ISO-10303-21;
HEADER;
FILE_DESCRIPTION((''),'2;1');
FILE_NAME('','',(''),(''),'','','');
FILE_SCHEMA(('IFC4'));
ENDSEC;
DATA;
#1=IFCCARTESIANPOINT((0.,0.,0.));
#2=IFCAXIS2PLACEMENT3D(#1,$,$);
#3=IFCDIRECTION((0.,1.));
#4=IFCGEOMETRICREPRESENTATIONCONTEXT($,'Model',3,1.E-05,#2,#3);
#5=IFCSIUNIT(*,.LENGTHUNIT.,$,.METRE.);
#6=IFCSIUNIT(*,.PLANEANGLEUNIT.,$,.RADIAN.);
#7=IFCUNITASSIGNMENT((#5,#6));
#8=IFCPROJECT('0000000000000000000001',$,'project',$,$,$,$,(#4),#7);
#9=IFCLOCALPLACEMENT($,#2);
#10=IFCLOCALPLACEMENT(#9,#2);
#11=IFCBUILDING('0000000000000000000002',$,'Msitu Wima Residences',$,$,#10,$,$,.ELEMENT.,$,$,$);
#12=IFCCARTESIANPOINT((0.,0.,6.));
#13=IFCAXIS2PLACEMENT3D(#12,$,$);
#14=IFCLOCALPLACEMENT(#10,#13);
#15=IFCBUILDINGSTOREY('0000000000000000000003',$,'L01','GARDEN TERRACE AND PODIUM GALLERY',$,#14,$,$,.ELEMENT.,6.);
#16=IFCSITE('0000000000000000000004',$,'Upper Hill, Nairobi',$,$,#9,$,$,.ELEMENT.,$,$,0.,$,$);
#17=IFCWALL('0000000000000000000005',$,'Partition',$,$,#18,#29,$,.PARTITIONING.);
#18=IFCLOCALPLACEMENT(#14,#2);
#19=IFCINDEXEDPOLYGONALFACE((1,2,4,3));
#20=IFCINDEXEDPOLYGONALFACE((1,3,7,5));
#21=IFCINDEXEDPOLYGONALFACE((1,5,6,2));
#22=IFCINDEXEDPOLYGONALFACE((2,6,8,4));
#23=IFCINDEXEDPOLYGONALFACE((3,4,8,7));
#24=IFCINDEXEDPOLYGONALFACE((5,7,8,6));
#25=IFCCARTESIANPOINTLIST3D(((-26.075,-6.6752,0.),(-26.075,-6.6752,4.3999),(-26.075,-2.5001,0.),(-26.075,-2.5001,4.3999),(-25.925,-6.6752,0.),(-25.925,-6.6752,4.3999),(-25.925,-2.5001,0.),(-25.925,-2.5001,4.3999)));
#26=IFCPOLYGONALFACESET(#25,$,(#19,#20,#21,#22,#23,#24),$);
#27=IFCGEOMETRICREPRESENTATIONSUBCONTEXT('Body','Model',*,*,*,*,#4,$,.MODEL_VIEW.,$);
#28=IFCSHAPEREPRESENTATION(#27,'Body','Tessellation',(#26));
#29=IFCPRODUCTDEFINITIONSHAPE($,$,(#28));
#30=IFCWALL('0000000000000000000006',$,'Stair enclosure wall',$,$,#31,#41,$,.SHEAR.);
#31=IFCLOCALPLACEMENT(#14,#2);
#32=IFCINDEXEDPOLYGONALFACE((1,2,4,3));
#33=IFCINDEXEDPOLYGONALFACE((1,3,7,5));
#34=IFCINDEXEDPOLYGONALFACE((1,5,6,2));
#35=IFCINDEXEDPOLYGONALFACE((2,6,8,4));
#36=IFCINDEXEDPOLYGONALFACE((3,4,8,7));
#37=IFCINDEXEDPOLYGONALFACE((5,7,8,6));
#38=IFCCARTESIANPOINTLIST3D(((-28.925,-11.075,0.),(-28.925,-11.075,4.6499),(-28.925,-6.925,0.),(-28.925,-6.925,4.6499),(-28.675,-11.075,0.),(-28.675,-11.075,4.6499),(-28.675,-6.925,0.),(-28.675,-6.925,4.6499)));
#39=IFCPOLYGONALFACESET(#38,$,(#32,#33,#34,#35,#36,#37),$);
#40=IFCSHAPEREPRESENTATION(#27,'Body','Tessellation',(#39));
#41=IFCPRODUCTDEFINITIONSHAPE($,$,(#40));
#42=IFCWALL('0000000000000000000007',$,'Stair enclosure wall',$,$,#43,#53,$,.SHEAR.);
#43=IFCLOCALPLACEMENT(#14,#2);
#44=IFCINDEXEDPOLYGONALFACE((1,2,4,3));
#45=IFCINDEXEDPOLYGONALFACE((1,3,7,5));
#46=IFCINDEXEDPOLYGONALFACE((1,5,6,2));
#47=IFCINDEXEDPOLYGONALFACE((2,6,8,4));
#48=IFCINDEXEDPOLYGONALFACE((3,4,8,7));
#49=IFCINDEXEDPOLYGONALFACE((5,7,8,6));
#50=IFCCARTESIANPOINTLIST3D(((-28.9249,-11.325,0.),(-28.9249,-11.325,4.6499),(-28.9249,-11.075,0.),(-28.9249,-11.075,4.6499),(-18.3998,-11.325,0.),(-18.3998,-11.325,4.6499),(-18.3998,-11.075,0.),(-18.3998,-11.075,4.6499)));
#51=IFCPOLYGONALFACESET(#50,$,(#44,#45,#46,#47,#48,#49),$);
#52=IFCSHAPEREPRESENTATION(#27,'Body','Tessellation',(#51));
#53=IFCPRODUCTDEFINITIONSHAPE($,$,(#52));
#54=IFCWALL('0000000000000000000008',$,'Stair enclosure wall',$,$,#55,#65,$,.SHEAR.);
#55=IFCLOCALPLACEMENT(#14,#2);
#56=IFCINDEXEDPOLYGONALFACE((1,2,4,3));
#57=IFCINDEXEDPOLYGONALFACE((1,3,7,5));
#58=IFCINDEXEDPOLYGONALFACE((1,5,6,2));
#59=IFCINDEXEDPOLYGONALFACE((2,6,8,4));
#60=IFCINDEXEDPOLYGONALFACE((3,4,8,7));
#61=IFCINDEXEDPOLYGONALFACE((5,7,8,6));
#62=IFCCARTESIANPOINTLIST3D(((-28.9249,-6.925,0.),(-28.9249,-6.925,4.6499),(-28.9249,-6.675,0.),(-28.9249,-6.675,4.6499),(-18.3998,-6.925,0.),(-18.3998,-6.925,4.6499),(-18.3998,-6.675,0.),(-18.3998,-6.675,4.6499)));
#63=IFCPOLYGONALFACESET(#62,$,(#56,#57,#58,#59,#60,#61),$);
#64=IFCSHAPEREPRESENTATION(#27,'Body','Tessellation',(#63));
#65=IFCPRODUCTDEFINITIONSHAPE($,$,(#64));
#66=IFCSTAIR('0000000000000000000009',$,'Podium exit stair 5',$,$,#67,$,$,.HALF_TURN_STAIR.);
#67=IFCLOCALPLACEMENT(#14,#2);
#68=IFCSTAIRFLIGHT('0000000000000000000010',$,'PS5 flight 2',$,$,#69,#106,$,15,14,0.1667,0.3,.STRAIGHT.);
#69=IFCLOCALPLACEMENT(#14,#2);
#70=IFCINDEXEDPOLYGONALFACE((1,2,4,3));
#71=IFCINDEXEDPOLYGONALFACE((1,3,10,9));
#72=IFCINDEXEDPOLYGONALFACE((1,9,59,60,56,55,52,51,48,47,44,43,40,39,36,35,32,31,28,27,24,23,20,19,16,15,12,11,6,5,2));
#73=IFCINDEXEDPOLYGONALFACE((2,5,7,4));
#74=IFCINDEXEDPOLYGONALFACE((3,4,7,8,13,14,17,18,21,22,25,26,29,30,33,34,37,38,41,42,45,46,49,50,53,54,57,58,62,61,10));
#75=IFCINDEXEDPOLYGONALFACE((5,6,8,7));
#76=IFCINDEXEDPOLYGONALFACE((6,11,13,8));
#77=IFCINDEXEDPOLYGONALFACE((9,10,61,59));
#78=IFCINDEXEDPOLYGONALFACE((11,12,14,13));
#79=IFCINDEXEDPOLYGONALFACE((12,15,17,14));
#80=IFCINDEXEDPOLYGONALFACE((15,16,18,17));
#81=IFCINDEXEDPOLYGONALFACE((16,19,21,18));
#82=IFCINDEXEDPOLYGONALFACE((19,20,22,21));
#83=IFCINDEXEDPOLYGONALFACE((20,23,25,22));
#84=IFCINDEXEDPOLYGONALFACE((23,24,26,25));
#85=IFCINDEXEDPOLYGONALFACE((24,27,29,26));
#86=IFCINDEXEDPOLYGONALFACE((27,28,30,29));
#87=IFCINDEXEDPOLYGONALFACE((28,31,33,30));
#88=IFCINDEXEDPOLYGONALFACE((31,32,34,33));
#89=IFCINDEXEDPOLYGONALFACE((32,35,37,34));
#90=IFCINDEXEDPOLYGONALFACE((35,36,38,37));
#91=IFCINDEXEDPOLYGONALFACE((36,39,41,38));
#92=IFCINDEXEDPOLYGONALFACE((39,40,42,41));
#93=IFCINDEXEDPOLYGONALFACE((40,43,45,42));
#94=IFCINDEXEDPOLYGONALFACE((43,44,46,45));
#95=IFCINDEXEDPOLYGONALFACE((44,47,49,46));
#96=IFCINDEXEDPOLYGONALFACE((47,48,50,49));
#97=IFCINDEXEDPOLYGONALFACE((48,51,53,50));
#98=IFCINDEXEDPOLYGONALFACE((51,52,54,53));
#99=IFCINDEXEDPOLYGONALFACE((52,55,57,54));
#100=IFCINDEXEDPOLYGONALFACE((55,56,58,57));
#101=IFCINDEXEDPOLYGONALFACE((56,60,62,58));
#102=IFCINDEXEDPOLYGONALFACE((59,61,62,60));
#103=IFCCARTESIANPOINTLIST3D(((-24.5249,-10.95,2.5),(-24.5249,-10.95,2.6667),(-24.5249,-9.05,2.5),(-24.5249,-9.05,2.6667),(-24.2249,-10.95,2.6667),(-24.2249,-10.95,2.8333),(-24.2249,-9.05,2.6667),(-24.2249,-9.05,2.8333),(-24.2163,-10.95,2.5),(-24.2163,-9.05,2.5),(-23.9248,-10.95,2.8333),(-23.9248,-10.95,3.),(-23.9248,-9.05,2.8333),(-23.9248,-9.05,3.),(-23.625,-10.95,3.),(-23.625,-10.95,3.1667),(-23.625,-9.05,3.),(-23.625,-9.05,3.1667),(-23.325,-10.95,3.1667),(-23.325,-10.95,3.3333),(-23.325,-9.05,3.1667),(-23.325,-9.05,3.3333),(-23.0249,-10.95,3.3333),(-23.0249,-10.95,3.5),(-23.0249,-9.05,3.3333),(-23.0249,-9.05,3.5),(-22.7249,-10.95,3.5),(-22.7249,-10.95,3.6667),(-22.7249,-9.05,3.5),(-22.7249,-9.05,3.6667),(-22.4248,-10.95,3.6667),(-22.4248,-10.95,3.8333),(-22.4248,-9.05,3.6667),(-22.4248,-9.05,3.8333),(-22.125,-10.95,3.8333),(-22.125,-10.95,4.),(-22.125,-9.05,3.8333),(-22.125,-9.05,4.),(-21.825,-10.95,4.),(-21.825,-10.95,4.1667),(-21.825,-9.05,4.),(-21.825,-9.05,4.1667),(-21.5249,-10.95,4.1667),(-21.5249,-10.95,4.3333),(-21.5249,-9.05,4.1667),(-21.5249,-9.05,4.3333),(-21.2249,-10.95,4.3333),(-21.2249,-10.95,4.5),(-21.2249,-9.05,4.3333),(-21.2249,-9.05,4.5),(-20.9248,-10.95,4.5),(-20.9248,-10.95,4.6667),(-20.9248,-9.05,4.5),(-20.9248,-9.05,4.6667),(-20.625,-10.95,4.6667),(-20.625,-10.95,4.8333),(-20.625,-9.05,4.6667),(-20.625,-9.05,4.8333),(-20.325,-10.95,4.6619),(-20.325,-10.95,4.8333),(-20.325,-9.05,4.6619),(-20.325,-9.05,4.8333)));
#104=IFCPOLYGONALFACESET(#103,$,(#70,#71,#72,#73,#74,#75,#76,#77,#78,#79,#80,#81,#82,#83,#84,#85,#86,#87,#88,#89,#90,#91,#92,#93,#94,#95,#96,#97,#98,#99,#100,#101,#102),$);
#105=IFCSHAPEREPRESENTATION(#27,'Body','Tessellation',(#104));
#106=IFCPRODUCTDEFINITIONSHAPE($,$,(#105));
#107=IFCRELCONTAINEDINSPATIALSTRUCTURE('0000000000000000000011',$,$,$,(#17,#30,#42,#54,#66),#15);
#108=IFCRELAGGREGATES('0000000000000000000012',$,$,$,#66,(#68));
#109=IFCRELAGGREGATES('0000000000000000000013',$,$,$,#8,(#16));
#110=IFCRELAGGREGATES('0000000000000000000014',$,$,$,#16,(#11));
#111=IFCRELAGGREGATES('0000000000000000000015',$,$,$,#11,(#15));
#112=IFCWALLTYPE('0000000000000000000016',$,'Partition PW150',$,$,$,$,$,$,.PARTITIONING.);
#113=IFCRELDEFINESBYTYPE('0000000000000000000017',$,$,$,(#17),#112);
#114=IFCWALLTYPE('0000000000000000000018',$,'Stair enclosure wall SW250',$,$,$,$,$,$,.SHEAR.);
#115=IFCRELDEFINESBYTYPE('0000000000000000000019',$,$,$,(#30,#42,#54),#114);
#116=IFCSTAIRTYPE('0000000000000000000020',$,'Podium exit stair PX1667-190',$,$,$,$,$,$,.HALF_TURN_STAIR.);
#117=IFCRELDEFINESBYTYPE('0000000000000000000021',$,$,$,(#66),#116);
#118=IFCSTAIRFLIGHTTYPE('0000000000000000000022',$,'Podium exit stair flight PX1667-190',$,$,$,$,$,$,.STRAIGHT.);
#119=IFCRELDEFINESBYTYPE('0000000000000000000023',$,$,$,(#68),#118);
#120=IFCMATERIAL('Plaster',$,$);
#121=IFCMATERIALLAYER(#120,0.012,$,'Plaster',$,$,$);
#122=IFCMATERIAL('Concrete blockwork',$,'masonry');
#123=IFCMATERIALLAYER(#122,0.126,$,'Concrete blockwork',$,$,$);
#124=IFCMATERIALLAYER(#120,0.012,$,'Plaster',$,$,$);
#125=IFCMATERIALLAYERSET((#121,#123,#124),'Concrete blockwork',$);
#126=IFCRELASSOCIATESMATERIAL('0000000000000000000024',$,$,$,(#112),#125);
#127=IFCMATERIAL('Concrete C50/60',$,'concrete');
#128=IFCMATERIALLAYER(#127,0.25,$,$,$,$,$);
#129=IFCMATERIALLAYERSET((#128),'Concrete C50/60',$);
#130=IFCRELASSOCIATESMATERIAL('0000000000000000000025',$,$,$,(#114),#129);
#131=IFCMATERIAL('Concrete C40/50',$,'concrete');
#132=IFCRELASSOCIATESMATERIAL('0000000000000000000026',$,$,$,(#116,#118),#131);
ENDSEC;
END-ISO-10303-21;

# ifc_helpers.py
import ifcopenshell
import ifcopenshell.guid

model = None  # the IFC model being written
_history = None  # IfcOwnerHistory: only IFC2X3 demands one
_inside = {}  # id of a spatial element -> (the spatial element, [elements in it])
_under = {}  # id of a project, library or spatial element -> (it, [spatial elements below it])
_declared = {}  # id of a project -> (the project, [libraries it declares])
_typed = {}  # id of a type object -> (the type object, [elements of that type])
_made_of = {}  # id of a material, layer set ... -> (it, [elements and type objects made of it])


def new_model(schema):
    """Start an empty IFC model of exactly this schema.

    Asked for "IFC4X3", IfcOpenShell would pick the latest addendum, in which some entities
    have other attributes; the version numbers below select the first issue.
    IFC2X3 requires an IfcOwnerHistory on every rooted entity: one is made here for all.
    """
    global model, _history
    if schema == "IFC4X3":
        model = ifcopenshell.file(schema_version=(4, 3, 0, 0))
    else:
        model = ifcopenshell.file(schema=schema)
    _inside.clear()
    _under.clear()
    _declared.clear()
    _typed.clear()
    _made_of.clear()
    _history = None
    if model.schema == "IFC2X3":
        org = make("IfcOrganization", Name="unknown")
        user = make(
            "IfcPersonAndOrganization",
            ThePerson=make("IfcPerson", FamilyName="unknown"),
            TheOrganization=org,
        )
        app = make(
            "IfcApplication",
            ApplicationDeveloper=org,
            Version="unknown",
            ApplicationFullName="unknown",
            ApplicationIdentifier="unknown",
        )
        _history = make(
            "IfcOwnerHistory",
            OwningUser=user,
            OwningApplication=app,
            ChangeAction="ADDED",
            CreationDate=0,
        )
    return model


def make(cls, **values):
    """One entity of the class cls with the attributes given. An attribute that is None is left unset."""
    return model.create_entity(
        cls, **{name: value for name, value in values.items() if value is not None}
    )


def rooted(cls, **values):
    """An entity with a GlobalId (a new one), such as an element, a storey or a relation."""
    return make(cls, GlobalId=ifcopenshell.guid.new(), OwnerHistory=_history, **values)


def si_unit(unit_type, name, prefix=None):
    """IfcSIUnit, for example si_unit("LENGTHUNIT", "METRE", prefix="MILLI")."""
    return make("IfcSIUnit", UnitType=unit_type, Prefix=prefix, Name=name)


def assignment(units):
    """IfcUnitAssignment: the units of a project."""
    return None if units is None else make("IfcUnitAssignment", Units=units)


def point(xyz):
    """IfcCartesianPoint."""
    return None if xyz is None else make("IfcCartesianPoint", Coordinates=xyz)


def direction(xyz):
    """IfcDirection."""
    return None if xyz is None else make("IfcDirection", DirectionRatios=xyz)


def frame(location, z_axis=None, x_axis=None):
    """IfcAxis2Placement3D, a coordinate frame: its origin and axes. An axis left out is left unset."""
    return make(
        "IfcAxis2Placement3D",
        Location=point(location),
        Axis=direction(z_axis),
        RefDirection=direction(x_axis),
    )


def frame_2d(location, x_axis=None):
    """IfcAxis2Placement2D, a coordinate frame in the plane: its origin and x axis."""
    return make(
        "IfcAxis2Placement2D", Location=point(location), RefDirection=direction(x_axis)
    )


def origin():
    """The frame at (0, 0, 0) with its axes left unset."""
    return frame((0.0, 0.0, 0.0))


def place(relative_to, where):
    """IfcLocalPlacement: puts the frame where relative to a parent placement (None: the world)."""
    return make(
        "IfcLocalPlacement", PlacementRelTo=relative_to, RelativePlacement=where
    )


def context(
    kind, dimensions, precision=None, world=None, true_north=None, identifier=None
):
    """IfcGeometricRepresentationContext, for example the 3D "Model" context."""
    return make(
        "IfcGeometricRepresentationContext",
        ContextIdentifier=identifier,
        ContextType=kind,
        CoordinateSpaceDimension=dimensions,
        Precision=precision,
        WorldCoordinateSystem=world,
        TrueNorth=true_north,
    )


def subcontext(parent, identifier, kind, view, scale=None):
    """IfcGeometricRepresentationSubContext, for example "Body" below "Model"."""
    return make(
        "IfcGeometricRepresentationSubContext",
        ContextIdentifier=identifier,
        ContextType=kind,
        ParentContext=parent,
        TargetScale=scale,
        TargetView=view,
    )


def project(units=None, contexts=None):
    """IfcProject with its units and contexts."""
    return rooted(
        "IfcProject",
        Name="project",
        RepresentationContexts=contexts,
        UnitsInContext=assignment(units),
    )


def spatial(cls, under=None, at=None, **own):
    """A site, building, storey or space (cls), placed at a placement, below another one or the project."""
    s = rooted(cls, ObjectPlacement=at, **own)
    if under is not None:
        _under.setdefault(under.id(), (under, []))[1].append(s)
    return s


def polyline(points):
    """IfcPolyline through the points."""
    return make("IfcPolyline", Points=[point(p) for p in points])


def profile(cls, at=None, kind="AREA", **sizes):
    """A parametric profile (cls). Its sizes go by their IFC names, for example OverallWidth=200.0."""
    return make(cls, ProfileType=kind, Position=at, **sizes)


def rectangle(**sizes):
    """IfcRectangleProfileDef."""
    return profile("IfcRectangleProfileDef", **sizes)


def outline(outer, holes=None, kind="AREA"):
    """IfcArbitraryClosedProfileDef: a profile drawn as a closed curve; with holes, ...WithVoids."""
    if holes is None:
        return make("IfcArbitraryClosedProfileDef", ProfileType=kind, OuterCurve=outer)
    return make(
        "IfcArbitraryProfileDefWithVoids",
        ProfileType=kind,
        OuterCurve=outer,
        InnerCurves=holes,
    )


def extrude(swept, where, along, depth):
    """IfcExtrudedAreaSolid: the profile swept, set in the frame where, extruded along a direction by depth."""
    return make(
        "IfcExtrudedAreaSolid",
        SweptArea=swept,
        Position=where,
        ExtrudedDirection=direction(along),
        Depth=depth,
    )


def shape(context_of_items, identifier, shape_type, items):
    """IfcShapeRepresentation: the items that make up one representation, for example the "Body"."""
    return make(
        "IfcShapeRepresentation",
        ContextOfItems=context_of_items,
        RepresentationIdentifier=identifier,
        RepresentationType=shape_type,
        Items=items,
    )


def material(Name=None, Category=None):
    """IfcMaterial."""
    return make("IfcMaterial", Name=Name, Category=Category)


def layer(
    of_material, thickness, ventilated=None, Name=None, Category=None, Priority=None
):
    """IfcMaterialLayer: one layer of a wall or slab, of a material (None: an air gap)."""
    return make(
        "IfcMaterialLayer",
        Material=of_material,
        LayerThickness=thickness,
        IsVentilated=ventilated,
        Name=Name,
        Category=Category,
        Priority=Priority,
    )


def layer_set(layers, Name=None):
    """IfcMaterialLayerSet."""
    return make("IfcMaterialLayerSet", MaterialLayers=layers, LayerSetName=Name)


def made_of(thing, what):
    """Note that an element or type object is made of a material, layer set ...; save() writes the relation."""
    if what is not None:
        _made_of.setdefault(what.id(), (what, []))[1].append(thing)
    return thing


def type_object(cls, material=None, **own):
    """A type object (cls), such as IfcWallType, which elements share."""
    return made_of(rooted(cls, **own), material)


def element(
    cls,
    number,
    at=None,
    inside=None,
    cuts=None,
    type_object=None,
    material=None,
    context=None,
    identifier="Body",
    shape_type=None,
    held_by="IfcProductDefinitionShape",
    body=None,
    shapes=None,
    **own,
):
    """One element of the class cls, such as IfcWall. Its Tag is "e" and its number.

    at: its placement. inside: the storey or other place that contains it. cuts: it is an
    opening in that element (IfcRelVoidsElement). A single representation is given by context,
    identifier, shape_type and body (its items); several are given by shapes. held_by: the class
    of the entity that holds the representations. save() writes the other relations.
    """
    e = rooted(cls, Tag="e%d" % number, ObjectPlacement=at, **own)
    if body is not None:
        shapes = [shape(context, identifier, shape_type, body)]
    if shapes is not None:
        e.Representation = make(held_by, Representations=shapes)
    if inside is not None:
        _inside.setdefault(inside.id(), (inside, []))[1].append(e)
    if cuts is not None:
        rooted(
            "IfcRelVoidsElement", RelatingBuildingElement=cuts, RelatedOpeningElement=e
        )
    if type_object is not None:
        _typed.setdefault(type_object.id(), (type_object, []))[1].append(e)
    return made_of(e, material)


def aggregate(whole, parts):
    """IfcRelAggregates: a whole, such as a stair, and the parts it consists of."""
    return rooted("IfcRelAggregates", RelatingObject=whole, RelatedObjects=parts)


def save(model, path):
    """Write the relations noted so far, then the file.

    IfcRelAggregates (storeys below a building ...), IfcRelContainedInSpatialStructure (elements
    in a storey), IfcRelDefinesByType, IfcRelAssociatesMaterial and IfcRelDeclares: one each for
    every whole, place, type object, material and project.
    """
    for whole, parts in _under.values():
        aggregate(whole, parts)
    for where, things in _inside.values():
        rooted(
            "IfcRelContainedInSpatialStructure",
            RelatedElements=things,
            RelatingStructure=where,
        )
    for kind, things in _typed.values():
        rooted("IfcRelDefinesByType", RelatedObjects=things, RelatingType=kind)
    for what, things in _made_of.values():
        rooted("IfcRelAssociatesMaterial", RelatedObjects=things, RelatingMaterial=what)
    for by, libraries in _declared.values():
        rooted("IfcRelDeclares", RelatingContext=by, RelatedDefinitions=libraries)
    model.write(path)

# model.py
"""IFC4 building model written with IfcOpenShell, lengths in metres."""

from ifc_helpers import new_model, si_unit, direction, frame, frame_2d, origin, place, context, subcontext, project, spatial, polyline, rectangle, outline, extrude, material, layer, layer_set, type_object, element, aggregate, save


model = new_model("IFC4")

# Units and contexts
model_context = context("Model", 3, precision=1e-05, world=origin(), true_north=direction((0.0, 1.0)))
body_context = subcontext(model_context, "Body", "Model", "MODEL_VIEW")
ifc_project = project(units=[si_unit("LENGTHUNIT", "METRE"), si_unit("PLANEANGLEUNIT", "RADIAN")], contexts=[model_context])

# Site, building, storey
site_placement = place(None, origin())
site = spatial("IfcSite", under=ifc_project, at=site_placement, Name="Upper Hill, Nairobi", CompositionType="ELEMENT", RefElevation=0.0)
building_placement = place(site_placement, origin())
building = spatial("IfcBuilding", under=site, at=building_placement, Name="Msitu Wima Residences", CompositionType="ELEMENT")
storey_placement = place(building_placement, frame((0.0, 0.0, 6.0)))
storey = spatial("IfcBuildingStorey", under=building, at=storey_placement, Name="L01", Description="GARDEN TERRACE AND PODIUM GALLERY", CompositionType="ELEMENT", Elevation=6.0)

# Shared definitions
ifc_material_1 = material(Name="Concrete C40/50", Category="concrete")

# Shared definitions
ifc_material_2 = material(Name="Plaster")
ifc_material_3 = material(Name="Concrete blockwork", Category="masonry")

# Walls
ifc_layer_1 = layer(ifc_material_2, 0.012, Name="Plaster")
ifc_layer_2 = layer(ifc_material_3, 0.126, Name="Concrete blockwork")
ifc_layer_3 = layer(ifc_material_2, 0.012, Name="Plaster")
ifc_layer_set_1 = layer_set([ifc_layer_1, ifc_layer_2, ifc_layer_3], Name="Concrete blockwork")
wall_type_1 = type_object("IfcWallType", Name="Partition PW150", PredefinedType="PARTITIONING", material=ifc_layer_set_1)
wall_1_placement = place(storey_placement, frame((-26.0, -6.675, 0.0), z_axis=(0.0, 0.0, 1.0), x_axis=(0.0, 1.0, 0.0)))
element("IfcWall", 1, at=wall_1_placement, inside=storey, type_object=wall_type_1, Name="Partition", PredefinedType="PARTITIONING", context=body_context, shape_type="SweptSolid", body=[
    extrude(rectangle(XDim=4.175, YDim=0.1499, at=frame_2d((2.0874, 0.0))), origin(), (0.0, 0.0, 1.0), 4.3999),
])
ifc_material_4 = material(Name="Concrete C50/60", Category="concrete")
ifc_layer_4 = layer(ifc_material_4, 0.25)
ifc_layer_set_2 = layer_set([ifc_layer_4], Name="Concrete C50/60")
wall_type_2 = type_object("IfcWallType", Name="Stair enclosure wall SW250", PredefinedType="SHEAR", material=ifc_layer_set_2)
wall_2_placement = place(storey_placement, frame((-28.8, -11.075, 0.0), z_axis=(0.0, 0.0, 1.0), x_axis=(0.0, 1.0, 0.0)))
element("IfcWall", 2, at=wall_2_placement, inside=storey, type_object=wall_type_2, Name="Stair enclosure wall", PredefinedType="SHEAR", context=body_context, shape_type="SweptSolid", body=[
    extrude(rectangle(XDim=4.1499, YDim=0.25, at=frame_2d((2.075, 0.0))), origin(), (0.0, 0.0, 1.0), 4.6499),
])
for number, where, z_axis, x_axis, name in (
    (3, (-28.925, -11.2, 0.0), (0.0, 0.0, 1.0), (1.0, 0.0, 0.0), "Stair enclosure wall"),
    (4, (-28.925, -6.8, 0.0), (0.0, 0.0, 1.0), (1.0, 0.0, 0.0), "Stair enclosure wall"),
):
    element("IfcWall", number, at=place(storey_placement, frame(where, z_axis=z_axis, x_axis=x_axis)), inside=storey, type_object=wall_type_2, Name=name, PredefinedType="SHEAR", context=body_context, shape_type="SweptSolid", body=[
        extrude(rectangle(XDim=10.5251, YDim=0.25, at=frame_2d((5.2627, 0.0))), origin(), (0.0, 0.0, 1.0), 4.6499),
    ])

# Stair, stair flight
stair_type = type_object("IfcStairType", Name="Podium exit stair PX1667-190", PredefinedType="HALF_TURN_STAIR", material=ifc_material_1)
stair_placement = place(storey_placement, origin())
stair = element("IfcStair", 5, at=stair_placement, inside=storey, type_object=stair_type, Name="Podium exit stair 5", PredefinedType="HALF_TURN_STAIR")
stair_flight_type = type_object("IfcStairFlightType", Name="Podium exit stair flight PX1667-190", PredefinedType="STRAIGHT", material=ifc_material_1)
stair_flight_placement = place(storey_placement, frame((-24.5249, -10.0, 2.5), z_axis=(0.0, 0.0, 1.0), x_axis=(1.0, 0.0, 0.0)))
stair_flight = element("IfcStairFlight", 6, at=stair_flight_placement, type_object=stair_flight_type, Name="PS5 flight 2", NumberOfRisers=15, NumberOfTreads=14, PredefinedType="STRAIGHT", RiserHeight=0.1667, TreadLength=0.3, context=body_context, shape_type="SweptSolid", body=[
    extrude(outline(polyline([(0.0, 0.0), (0.0, 0.1667), (0.3, 0.1667), (0.3, 0.3333), (0.6001, 0.3333), (0.6001, 0.5), (0.8999, 0.5), (0.8999, 0.6667), (1.2, 0.6667), (1.2, 0.8333), (1.5, 0.8333), (1.5, 1.0), (1.8, 1.0), (1.8, 1.1667), (2.1001, 1.1667), (2.1001, 1.3333), (2.3999, 1.3333), (2.3999, 1.5), (2.7, 1.5), (2.7, 1.6667), (3.0, 1.6667), (3.0, 1.8333), (3.3, 1.8333), (3.3, 2.0), (3.6001, 2.0), (3.6001, 2.1667), (3.8999, 2.1667), (3.8999, 2.3333), (4.2, 2.3333), (4.2, 2.5), (4.2, 2.1619), (0.3086, 0.0), (0.0, 0.0)])), frame((0.0, 0.95, 0.0), z_axis=(0.0, -1.0, 0.0), x_axis=(1.0, 0.0, 0.0)), (0.0, 0.0, 1.0), 1.8999),
])
aggregate(stair, [stair_flight])

save(model, "model.ifc")
